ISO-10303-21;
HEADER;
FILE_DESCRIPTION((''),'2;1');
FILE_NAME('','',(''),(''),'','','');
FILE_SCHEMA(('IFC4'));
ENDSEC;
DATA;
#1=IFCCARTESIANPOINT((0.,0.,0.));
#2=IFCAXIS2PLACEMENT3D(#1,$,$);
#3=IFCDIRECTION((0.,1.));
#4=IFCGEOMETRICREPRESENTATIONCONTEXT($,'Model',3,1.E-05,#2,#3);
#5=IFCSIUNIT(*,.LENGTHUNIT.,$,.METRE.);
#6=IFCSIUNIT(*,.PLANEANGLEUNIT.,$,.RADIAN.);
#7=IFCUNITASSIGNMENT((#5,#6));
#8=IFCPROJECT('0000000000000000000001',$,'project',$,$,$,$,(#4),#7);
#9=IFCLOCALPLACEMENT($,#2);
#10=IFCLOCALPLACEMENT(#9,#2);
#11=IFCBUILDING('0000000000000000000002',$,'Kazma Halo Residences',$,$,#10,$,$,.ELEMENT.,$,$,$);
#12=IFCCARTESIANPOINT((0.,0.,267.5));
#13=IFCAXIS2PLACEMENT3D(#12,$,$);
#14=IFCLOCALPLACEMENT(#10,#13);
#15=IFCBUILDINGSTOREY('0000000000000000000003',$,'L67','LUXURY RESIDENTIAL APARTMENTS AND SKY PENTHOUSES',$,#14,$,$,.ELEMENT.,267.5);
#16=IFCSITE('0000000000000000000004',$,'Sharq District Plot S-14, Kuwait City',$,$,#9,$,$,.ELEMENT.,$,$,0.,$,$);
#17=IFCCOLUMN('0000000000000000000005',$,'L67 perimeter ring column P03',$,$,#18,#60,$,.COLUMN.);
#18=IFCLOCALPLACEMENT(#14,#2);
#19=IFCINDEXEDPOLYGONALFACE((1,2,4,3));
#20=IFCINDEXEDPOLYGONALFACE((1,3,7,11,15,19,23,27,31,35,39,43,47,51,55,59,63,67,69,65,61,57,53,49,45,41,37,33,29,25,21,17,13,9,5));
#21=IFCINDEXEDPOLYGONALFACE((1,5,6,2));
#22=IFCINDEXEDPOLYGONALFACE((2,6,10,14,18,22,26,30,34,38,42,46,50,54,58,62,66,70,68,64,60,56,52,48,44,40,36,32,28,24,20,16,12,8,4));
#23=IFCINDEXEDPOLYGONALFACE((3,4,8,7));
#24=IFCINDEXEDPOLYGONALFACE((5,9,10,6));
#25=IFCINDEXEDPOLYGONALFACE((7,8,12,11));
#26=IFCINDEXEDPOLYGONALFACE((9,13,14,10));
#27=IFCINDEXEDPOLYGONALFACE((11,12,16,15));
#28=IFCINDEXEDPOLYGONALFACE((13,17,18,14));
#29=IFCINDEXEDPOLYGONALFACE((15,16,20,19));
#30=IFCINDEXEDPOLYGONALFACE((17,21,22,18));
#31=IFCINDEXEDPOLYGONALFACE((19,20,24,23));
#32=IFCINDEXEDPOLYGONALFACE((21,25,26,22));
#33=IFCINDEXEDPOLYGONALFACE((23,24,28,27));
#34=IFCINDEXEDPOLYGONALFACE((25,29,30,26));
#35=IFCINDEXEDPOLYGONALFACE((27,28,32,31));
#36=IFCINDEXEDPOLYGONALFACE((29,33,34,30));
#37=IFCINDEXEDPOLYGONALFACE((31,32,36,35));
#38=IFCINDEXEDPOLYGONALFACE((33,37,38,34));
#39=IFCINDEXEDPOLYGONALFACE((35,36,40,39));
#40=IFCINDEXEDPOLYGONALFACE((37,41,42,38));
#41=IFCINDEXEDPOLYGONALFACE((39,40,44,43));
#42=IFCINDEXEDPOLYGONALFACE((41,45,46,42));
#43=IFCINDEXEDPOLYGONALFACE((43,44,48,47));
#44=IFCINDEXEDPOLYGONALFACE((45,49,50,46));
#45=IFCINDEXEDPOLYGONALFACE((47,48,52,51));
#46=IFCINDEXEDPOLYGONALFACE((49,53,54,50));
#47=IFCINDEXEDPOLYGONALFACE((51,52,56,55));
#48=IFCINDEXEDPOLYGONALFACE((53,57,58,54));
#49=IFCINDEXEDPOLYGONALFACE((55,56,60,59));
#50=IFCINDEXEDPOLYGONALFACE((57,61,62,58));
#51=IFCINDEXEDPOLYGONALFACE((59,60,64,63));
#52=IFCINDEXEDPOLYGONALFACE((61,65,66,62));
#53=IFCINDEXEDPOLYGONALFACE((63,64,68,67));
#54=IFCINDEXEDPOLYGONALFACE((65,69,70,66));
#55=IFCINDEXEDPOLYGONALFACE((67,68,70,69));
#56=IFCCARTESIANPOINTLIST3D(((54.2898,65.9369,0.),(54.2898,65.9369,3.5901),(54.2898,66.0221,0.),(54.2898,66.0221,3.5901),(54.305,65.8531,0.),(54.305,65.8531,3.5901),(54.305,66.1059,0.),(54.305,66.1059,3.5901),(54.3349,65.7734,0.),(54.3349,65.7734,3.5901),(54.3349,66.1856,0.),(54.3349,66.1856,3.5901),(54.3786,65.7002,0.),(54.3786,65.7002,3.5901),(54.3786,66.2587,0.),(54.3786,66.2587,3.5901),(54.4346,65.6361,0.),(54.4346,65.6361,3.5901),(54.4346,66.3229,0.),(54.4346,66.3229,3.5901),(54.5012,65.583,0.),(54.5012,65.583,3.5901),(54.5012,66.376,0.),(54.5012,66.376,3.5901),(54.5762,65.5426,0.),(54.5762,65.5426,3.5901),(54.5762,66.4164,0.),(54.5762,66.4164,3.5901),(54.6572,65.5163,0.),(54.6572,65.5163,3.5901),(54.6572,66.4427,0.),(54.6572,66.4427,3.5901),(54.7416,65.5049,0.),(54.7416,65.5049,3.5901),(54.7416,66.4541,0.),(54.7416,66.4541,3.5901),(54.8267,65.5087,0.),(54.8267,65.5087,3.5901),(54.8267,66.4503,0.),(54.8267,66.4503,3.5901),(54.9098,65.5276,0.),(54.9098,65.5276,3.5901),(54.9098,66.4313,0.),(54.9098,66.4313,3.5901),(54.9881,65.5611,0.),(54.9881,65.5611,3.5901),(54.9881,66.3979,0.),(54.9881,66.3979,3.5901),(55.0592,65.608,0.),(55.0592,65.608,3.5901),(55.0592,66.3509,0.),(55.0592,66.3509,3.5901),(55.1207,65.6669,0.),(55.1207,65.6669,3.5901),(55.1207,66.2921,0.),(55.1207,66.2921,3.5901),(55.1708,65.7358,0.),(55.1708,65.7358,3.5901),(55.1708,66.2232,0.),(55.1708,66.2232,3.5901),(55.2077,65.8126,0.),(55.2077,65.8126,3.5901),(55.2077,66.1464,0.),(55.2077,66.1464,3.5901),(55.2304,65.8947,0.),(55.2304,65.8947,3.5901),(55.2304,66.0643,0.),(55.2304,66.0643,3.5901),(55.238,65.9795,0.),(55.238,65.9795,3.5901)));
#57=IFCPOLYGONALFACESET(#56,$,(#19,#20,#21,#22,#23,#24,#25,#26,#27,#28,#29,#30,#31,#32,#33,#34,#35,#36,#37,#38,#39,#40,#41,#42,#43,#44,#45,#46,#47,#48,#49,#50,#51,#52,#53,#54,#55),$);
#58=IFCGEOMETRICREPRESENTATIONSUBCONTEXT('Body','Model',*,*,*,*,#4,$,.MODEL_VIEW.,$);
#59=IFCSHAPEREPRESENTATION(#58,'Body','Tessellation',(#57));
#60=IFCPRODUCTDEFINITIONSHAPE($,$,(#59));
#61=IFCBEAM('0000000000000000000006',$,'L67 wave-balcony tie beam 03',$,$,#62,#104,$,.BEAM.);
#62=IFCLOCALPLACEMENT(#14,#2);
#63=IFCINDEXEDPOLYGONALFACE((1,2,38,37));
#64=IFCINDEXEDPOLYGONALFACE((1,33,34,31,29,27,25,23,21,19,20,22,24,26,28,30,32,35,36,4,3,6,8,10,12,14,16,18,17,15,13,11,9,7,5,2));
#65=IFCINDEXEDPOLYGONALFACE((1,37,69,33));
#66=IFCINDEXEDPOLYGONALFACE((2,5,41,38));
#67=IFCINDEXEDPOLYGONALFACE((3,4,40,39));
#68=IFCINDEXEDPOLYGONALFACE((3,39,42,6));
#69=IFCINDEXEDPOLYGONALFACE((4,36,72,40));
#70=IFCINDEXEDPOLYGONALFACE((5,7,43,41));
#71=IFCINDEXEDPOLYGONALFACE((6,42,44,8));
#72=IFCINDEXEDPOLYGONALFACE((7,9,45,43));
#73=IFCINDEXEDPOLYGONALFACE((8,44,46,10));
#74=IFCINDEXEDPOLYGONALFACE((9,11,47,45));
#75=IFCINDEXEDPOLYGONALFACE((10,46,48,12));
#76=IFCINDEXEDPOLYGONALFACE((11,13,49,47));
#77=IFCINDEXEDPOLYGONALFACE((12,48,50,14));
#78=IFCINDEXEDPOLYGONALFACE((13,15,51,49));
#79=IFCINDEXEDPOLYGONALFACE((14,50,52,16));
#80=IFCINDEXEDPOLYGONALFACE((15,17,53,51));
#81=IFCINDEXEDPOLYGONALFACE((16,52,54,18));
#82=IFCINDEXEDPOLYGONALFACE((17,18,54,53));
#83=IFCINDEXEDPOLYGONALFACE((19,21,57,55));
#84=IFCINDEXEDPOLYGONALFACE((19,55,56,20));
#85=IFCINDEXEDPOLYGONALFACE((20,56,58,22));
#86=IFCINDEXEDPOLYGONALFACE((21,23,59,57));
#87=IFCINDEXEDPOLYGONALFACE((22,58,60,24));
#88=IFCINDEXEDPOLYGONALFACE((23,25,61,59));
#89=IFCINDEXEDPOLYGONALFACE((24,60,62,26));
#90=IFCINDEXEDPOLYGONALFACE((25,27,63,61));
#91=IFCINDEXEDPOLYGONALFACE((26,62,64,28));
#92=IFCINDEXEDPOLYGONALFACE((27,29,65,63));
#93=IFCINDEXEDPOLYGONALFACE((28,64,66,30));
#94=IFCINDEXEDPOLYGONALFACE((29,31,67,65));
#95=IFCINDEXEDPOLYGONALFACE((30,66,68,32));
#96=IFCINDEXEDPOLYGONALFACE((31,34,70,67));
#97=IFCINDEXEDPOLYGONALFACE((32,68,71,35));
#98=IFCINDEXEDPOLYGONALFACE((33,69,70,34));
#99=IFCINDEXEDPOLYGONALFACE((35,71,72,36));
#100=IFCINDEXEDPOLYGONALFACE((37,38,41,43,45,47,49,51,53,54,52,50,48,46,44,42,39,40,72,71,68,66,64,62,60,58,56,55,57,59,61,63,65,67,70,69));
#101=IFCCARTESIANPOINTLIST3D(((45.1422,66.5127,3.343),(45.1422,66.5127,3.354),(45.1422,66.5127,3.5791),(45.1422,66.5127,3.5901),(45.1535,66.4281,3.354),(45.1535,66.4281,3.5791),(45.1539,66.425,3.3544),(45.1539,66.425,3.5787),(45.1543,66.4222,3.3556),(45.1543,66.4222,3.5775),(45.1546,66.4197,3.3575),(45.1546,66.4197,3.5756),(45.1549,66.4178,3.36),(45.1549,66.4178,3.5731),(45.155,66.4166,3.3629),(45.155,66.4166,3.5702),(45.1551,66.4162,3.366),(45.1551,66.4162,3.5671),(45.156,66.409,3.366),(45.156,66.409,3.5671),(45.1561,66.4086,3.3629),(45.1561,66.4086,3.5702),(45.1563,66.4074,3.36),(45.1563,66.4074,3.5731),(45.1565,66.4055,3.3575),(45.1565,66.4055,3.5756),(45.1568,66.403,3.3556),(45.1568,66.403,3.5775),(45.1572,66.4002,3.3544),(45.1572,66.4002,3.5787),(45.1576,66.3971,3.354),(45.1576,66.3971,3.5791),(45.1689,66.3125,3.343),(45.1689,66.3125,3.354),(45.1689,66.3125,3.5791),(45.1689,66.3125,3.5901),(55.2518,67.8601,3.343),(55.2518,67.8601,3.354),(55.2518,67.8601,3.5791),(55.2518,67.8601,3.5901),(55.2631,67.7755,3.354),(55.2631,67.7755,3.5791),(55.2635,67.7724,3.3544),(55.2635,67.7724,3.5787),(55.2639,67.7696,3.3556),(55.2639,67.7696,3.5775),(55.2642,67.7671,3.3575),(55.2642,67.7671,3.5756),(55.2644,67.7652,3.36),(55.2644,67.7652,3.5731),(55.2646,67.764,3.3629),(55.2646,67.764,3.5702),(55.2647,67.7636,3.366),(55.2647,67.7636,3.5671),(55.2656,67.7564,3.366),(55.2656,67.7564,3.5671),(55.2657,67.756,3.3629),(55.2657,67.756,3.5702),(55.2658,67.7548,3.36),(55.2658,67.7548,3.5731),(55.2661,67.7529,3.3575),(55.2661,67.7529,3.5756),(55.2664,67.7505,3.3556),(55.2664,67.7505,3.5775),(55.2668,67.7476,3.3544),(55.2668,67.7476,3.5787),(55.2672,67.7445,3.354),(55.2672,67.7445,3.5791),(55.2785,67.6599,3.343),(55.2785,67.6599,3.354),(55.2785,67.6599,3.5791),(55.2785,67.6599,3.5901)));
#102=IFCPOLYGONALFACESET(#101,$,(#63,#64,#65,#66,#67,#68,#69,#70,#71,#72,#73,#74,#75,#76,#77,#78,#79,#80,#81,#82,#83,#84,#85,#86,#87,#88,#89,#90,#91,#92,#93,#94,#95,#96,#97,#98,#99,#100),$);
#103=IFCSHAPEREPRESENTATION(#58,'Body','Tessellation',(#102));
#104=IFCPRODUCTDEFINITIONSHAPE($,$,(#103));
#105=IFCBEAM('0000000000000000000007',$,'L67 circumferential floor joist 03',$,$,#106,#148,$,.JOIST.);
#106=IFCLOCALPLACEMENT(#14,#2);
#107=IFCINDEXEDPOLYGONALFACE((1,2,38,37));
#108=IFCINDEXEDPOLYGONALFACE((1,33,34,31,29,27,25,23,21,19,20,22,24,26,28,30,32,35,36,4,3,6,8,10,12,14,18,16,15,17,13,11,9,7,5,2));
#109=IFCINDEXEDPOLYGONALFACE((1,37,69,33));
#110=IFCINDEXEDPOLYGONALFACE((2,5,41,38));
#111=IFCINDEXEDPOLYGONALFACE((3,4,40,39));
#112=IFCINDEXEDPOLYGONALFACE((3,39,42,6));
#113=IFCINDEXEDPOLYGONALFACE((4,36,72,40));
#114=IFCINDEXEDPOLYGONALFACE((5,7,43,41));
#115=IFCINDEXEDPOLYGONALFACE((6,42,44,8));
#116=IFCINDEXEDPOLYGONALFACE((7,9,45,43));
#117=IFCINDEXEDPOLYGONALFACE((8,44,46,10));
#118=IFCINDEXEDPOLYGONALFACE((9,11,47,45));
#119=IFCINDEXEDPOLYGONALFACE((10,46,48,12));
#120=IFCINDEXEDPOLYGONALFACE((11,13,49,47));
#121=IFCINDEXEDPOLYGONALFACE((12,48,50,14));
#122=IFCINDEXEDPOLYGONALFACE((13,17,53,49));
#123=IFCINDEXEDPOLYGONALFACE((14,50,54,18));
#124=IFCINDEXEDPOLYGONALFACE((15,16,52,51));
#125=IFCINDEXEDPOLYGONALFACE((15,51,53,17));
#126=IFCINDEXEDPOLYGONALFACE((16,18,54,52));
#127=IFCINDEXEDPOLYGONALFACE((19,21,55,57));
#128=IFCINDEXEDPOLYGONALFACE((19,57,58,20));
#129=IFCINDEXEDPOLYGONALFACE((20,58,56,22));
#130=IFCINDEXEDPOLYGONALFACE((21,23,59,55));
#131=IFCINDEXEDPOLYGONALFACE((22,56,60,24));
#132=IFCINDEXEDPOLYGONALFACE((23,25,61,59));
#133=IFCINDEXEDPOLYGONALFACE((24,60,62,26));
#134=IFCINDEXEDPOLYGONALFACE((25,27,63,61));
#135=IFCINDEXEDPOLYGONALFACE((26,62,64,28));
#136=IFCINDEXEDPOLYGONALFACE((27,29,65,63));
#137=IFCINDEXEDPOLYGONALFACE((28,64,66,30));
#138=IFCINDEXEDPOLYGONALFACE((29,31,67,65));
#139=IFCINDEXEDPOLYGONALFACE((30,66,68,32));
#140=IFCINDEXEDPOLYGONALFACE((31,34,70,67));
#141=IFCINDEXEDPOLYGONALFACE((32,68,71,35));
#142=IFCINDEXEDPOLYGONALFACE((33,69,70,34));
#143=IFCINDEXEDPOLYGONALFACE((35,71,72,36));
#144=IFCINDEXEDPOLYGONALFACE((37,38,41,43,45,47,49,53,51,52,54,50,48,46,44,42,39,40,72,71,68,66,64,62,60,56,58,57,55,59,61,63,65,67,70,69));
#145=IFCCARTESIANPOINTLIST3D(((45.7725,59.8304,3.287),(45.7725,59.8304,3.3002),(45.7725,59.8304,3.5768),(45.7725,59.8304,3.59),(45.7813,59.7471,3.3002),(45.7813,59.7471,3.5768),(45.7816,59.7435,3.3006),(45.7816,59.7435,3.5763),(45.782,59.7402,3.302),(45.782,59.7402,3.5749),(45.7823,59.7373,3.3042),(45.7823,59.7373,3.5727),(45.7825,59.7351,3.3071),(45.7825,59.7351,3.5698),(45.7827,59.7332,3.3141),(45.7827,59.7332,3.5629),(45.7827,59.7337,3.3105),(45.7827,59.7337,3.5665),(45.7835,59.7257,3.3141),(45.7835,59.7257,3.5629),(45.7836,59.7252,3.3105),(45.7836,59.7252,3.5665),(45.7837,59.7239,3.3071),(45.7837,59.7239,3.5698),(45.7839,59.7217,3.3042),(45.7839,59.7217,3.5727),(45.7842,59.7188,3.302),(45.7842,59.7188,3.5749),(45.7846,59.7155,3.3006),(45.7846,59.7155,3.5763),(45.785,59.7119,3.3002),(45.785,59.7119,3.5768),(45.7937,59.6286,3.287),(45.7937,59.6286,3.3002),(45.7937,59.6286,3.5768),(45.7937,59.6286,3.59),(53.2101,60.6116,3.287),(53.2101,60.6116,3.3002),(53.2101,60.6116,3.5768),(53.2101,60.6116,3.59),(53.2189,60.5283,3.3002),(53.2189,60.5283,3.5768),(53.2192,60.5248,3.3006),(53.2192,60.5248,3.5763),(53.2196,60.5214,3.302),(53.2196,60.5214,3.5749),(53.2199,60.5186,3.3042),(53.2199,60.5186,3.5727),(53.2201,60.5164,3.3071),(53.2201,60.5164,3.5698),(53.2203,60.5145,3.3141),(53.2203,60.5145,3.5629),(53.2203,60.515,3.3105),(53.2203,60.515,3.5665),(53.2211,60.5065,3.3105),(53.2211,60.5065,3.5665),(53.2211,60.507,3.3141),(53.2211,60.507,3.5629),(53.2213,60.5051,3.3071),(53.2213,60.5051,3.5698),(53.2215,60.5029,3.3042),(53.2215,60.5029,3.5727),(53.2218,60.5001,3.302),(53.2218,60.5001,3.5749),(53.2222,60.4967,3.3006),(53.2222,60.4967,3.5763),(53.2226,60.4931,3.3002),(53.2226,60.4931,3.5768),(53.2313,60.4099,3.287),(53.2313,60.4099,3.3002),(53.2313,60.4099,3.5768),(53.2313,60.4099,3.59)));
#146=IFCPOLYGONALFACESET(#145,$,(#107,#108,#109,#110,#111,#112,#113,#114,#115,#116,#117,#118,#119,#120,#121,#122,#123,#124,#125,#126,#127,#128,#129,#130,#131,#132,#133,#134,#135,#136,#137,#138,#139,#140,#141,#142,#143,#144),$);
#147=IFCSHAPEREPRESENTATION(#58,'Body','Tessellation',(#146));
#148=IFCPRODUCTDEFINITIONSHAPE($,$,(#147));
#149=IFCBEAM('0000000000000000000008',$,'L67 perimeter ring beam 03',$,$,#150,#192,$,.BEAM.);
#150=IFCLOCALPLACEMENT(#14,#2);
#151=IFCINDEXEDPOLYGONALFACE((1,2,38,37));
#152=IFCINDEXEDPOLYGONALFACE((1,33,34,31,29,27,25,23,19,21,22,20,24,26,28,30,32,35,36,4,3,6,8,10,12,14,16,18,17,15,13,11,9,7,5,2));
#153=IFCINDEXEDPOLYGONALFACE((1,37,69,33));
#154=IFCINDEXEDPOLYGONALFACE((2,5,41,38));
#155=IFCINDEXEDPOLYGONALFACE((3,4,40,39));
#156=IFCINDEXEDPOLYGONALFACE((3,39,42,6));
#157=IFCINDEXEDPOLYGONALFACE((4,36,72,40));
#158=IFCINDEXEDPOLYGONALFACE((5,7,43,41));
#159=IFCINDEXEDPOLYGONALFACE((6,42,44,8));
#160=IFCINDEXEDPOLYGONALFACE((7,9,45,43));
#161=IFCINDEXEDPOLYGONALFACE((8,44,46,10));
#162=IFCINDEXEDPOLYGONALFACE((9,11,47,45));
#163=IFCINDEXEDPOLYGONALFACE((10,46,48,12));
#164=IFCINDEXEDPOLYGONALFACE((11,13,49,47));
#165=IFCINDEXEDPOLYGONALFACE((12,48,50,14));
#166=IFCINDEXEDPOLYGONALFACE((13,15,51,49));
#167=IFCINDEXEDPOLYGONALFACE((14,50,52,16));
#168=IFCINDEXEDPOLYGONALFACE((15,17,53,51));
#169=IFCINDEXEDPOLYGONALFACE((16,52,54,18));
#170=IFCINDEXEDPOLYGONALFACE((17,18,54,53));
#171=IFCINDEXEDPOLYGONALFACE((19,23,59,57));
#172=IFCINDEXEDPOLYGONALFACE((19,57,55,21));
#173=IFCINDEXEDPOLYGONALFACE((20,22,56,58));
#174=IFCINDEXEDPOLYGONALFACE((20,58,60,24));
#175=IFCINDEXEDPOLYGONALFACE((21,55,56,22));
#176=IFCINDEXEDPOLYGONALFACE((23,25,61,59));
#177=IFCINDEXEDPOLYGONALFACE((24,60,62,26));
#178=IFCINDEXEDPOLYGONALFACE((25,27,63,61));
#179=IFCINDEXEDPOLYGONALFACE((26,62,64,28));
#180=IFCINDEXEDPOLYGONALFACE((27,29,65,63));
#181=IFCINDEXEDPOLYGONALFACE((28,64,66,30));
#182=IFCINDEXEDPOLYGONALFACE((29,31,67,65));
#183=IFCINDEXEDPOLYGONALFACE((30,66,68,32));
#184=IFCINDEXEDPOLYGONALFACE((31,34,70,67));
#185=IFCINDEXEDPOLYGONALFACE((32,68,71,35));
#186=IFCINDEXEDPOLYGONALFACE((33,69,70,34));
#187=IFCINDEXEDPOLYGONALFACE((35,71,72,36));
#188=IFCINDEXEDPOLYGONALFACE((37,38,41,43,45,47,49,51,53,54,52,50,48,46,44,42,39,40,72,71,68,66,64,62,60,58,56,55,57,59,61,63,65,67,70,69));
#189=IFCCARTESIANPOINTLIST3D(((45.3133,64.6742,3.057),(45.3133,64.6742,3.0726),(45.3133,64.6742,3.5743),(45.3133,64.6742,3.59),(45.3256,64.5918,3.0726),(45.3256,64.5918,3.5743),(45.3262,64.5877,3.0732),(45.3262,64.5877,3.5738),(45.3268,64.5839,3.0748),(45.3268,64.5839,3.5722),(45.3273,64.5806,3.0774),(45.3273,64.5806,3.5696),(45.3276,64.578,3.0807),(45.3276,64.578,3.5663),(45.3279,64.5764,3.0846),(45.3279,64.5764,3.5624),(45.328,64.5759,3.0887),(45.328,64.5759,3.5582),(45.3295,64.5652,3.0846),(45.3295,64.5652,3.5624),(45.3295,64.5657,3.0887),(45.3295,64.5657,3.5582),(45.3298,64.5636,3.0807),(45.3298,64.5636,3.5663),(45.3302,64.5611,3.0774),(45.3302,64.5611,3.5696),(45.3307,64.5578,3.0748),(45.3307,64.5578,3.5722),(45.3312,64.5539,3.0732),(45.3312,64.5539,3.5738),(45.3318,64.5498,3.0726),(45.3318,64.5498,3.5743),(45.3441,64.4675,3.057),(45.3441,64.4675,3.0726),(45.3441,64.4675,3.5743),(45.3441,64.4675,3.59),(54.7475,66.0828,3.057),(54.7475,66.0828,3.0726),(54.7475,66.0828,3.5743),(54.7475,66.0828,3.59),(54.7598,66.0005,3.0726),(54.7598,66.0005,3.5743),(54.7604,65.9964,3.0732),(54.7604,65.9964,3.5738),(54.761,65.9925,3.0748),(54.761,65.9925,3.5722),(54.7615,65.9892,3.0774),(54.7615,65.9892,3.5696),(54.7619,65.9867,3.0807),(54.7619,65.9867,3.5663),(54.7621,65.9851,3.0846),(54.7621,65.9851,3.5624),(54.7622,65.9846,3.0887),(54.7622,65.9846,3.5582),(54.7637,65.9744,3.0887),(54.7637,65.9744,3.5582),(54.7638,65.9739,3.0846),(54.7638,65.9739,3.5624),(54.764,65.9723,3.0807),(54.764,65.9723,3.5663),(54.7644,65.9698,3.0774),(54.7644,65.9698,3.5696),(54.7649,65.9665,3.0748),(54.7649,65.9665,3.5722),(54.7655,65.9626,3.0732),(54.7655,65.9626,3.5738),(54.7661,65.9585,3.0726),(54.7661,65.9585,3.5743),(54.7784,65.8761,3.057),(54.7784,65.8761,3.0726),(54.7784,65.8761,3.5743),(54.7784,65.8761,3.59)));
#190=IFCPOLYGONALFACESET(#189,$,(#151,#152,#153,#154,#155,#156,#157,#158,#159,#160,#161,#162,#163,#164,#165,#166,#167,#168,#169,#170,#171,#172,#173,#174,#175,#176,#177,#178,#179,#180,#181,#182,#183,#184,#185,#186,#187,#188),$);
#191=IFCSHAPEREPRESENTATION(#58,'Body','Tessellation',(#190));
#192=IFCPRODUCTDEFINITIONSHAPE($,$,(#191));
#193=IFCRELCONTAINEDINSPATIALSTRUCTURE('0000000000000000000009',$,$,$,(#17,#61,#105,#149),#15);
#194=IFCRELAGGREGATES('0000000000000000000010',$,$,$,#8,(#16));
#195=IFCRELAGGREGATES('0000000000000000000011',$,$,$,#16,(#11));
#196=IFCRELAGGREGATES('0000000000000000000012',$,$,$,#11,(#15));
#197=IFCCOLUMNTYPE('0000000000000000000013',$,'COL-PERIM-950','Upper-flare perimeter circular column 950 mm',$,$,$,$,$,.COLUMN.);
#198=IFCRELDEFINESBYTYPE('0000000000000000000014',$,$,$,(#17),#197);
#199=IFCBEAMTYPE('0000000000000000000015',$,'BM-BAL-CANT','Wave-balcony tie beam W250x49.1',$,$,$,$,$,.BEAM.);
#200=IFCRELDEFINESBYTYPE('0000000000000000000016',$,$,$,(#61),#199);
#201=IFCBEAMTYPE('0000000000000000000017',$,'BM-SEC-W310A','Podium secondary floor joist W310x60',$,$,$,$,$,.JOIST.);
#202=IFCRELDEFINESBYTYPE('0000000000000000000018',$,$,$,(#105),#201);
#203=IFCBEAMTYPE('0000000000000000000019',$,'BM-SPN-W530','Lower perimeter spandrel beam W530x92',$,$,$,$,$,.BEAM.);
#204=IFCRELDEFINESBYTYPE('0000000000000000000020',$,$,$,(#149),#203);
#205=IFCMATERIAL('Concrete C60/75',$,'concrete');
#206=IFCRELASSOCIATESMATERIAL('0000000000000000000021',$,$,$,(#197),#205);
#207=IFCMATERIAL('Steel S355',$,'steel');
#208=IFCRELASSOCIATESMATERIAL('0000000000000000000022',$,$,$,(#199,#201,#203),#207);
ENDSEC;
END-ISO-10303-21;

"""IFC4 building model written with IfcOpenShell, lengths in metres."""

from ifc_helpers import new_model, si_unit, direction, frame, origin, origin_2d, place, context, subcontext, project, spatial, circle, i_section, extrude, material, material_profile, profile_set, type_object, element, save


model = new_model("IFC4")

# Units and contexts
model_context = context("Model", 3, precision=1e-05, world=origin(), true_north=direction((0.0, 1.0)))
body_context = subcontext(model_context, "Body", "Model", "MODEL_VIEW")
ifc_project = project(units=[si_unit("LENGTHUNIT", "METRE"), si_unit("PLANEANGLEUNIT", "RADIAN")], contexts=[model_context])

# Site, building, storey
site_placement = place(None, origin())
site = spatial("IfcSite", under=ifc_project, at=site_placement, Name="Sharq District Plot S-14, Kuwait City", CompositionType="ELEMENT", RefElevation=0.0)
building_placement = place(site_placement, origin())
building = spatial("IfcBuilding", under=site, at=building_placement, Name="Kazma Halo Residences", CompositionType="ELEMENT")
storey_placement = place(building_placement, frame((0.0, 0.0, 267.5)))
storey = spatial("IfcBuildingStorey", under=building, at=storey_placement, Name="L67", Description="LUXURY RESIDENTIAL APARTMENTS AND SKY PENTHOUSES", CompositionType="ELEMENT", Elevation=267.5)

# Column
ifc_material_1 = material(Name="Concrete C60/75", Category="concrete")
ifc_material_profile_1 = material_profile(ifc_material_1, circle(Radius=0.4751, at=origin_2d()), Name="CIRC950")
ifc_profile_set_1 = profile_set([ifc_material_profile_1], Name="Concrete C60/75")
column_type = type_object("IfcColumnType", Name="COL-PERIM-950", Description="Upper-flare perimeter circular column 950 mm", PredefinedType="COLUMN", material=ifc_profile_set_1)
column_placement = place(storey_placement, frame((54.7629, 65.9795, 0.0), z_axis=(0.0, 0.0, 1.0), x_axis=(1.0, 0.0, 0.0)))
element("IfcColumn", 1, at=column_placement, inside=storey, type_object=column_type, Name="L67 perimeter ring column P03", PredefinedType="COLUMN", context=body_context, shape_type="SweptSolid", body=[
    extrude(circle(Radius=0.4751, at=origin_2d()), origin(), (0.0, 0.0, 1.0), 3.5901),
])

# Beams
ifc_material_2 = material(Name="Steel S355", Category="steel")
ifc_material_profile_2 = material_profile(ifc_material_2, i_section(OverallWidth=0.2019, OverallDepth=0.2471, WebThickness=0.0073, FlangeThickness=0.011, FilletRadius=0.012, at=origin_2d()), Name="W250x49.1")
ifc_profile_set_2 = profile_set([ifc_material_profile_2], Name="Steel S355")
beam_type_1 = type_object("IfcBeamType", Name="BM-BAL-CANT", Description="Wave-balcony tie beam W250x49.1", PredefinedType="BEAM", material=ifc_profile_set_2)
beam_1_placement = place(storey_placement, frame((55.2651, 67.76, 3.4666), z_axis=(-0.991235, -0.132112, 0.0), x_axis=(0.132112, -0.991235, 0.0)))
element("IfcBeam", 2, at=beam_1_placement, inside=storey, type_object=beam_type_1, Name="L67 wave-balcony tie beam 03", PredefinedType="BEAM", context=body_context, shape_type="SweptSolid", body=[
    extrude(i_section(OverallWidth=0.2019, OverallDepth=0.2471, WebThickness=0.0073, FlangeThickness=0.011, FilletRadius=0.012, at=origin_2d()), origin(), (0.0, 0.0, 1.0), 10.199),
])
ifc_material_profile_3 = material_profile(ifc_material_2, i_section(OverallWidth=0.2029, OverallDepth=0.303, WebThickness=0.0076, FlangeThickness=0.0132, FilletRadius=0.0139, at=origin_2d()), Name="W310x60")
ifc_profile_set_3 = profile_set([ifc_material_profile_3], Name="Steel S355")
beam_type_2 = type_object("IfcBeamType", Name="BM-SEC-W310A", Description="Podium secondary floor joist W310x60", PredefinedType="JOIST", material=ifc_profile_set_3)
beam_2_placement = place(storey_placement, frame((53.2207, 60.5107, 3.4385), z_axis=(-0.994528, -0.104467, 0.0), x_axis=(0.104467, -0.994528, 0.0)))
element("IfcBeam", 3, at=beam_2_placement, inside=storey, type_object=beam_type_2, Name="L67 circumferential floor joist 03", PredefinedType="JOIST", context=body_context, shape_type="SweptSolid", body=[
    extrude(i_section(OverallWidth=0.2029, OverallDepth=0.303, WebThickness=0.0076, FlangeThickness=0.0132, FilletRadius=0.0139, at=origin_2d()), origin(), (0.0, 0.0, 1.0), 7.4785),
])
ifc_material_profile_4 = material_profile(ifc_material_2, i_section(OverallWidth=0.209, OverallDepth=0.533, WebThickness=0.0103, FlangeThickness=0.0156, FilletRadius=0.0161, at=origin_2d()), Name="W530x92")
ifc_profile_set_4 = profile_set([ifc_material_profile_4], Name="Steel S355")
beam_type_3 = type_object("IfcBeamType", Name="BM-SPN-W530", Description="Lower perimeter spandrel beam W530x92", PredefinedType="BEAM", material=ifc_profile_set_4)
beam_3_placement = place(storey_placement, frame((54.7629, 65.9795, 3.3235), z_axis=(-0.989035, -0.147678, 0.0), x_axis=(0.147678, -0.989035, 0.0)))
element("IfcBeam", 4, at=beam_3_placement, inside=storey, type_object=beam_type_3, Name="L67 perimeter ring beam 03", PredefinedType="BEAM", context=body_context, shape_type="SweptSolid", body=[
    extrude(i_section(OverallWidth=0.209, OverallDepth=0.533, WebThickness=0.0103, FlangeThickness=0.0156, FilletRadius=0.0161, at=origin_2d()), origin(), (0.0, 0.0, 1.0), 9.5388),
])

save(model, "model.ifc")
